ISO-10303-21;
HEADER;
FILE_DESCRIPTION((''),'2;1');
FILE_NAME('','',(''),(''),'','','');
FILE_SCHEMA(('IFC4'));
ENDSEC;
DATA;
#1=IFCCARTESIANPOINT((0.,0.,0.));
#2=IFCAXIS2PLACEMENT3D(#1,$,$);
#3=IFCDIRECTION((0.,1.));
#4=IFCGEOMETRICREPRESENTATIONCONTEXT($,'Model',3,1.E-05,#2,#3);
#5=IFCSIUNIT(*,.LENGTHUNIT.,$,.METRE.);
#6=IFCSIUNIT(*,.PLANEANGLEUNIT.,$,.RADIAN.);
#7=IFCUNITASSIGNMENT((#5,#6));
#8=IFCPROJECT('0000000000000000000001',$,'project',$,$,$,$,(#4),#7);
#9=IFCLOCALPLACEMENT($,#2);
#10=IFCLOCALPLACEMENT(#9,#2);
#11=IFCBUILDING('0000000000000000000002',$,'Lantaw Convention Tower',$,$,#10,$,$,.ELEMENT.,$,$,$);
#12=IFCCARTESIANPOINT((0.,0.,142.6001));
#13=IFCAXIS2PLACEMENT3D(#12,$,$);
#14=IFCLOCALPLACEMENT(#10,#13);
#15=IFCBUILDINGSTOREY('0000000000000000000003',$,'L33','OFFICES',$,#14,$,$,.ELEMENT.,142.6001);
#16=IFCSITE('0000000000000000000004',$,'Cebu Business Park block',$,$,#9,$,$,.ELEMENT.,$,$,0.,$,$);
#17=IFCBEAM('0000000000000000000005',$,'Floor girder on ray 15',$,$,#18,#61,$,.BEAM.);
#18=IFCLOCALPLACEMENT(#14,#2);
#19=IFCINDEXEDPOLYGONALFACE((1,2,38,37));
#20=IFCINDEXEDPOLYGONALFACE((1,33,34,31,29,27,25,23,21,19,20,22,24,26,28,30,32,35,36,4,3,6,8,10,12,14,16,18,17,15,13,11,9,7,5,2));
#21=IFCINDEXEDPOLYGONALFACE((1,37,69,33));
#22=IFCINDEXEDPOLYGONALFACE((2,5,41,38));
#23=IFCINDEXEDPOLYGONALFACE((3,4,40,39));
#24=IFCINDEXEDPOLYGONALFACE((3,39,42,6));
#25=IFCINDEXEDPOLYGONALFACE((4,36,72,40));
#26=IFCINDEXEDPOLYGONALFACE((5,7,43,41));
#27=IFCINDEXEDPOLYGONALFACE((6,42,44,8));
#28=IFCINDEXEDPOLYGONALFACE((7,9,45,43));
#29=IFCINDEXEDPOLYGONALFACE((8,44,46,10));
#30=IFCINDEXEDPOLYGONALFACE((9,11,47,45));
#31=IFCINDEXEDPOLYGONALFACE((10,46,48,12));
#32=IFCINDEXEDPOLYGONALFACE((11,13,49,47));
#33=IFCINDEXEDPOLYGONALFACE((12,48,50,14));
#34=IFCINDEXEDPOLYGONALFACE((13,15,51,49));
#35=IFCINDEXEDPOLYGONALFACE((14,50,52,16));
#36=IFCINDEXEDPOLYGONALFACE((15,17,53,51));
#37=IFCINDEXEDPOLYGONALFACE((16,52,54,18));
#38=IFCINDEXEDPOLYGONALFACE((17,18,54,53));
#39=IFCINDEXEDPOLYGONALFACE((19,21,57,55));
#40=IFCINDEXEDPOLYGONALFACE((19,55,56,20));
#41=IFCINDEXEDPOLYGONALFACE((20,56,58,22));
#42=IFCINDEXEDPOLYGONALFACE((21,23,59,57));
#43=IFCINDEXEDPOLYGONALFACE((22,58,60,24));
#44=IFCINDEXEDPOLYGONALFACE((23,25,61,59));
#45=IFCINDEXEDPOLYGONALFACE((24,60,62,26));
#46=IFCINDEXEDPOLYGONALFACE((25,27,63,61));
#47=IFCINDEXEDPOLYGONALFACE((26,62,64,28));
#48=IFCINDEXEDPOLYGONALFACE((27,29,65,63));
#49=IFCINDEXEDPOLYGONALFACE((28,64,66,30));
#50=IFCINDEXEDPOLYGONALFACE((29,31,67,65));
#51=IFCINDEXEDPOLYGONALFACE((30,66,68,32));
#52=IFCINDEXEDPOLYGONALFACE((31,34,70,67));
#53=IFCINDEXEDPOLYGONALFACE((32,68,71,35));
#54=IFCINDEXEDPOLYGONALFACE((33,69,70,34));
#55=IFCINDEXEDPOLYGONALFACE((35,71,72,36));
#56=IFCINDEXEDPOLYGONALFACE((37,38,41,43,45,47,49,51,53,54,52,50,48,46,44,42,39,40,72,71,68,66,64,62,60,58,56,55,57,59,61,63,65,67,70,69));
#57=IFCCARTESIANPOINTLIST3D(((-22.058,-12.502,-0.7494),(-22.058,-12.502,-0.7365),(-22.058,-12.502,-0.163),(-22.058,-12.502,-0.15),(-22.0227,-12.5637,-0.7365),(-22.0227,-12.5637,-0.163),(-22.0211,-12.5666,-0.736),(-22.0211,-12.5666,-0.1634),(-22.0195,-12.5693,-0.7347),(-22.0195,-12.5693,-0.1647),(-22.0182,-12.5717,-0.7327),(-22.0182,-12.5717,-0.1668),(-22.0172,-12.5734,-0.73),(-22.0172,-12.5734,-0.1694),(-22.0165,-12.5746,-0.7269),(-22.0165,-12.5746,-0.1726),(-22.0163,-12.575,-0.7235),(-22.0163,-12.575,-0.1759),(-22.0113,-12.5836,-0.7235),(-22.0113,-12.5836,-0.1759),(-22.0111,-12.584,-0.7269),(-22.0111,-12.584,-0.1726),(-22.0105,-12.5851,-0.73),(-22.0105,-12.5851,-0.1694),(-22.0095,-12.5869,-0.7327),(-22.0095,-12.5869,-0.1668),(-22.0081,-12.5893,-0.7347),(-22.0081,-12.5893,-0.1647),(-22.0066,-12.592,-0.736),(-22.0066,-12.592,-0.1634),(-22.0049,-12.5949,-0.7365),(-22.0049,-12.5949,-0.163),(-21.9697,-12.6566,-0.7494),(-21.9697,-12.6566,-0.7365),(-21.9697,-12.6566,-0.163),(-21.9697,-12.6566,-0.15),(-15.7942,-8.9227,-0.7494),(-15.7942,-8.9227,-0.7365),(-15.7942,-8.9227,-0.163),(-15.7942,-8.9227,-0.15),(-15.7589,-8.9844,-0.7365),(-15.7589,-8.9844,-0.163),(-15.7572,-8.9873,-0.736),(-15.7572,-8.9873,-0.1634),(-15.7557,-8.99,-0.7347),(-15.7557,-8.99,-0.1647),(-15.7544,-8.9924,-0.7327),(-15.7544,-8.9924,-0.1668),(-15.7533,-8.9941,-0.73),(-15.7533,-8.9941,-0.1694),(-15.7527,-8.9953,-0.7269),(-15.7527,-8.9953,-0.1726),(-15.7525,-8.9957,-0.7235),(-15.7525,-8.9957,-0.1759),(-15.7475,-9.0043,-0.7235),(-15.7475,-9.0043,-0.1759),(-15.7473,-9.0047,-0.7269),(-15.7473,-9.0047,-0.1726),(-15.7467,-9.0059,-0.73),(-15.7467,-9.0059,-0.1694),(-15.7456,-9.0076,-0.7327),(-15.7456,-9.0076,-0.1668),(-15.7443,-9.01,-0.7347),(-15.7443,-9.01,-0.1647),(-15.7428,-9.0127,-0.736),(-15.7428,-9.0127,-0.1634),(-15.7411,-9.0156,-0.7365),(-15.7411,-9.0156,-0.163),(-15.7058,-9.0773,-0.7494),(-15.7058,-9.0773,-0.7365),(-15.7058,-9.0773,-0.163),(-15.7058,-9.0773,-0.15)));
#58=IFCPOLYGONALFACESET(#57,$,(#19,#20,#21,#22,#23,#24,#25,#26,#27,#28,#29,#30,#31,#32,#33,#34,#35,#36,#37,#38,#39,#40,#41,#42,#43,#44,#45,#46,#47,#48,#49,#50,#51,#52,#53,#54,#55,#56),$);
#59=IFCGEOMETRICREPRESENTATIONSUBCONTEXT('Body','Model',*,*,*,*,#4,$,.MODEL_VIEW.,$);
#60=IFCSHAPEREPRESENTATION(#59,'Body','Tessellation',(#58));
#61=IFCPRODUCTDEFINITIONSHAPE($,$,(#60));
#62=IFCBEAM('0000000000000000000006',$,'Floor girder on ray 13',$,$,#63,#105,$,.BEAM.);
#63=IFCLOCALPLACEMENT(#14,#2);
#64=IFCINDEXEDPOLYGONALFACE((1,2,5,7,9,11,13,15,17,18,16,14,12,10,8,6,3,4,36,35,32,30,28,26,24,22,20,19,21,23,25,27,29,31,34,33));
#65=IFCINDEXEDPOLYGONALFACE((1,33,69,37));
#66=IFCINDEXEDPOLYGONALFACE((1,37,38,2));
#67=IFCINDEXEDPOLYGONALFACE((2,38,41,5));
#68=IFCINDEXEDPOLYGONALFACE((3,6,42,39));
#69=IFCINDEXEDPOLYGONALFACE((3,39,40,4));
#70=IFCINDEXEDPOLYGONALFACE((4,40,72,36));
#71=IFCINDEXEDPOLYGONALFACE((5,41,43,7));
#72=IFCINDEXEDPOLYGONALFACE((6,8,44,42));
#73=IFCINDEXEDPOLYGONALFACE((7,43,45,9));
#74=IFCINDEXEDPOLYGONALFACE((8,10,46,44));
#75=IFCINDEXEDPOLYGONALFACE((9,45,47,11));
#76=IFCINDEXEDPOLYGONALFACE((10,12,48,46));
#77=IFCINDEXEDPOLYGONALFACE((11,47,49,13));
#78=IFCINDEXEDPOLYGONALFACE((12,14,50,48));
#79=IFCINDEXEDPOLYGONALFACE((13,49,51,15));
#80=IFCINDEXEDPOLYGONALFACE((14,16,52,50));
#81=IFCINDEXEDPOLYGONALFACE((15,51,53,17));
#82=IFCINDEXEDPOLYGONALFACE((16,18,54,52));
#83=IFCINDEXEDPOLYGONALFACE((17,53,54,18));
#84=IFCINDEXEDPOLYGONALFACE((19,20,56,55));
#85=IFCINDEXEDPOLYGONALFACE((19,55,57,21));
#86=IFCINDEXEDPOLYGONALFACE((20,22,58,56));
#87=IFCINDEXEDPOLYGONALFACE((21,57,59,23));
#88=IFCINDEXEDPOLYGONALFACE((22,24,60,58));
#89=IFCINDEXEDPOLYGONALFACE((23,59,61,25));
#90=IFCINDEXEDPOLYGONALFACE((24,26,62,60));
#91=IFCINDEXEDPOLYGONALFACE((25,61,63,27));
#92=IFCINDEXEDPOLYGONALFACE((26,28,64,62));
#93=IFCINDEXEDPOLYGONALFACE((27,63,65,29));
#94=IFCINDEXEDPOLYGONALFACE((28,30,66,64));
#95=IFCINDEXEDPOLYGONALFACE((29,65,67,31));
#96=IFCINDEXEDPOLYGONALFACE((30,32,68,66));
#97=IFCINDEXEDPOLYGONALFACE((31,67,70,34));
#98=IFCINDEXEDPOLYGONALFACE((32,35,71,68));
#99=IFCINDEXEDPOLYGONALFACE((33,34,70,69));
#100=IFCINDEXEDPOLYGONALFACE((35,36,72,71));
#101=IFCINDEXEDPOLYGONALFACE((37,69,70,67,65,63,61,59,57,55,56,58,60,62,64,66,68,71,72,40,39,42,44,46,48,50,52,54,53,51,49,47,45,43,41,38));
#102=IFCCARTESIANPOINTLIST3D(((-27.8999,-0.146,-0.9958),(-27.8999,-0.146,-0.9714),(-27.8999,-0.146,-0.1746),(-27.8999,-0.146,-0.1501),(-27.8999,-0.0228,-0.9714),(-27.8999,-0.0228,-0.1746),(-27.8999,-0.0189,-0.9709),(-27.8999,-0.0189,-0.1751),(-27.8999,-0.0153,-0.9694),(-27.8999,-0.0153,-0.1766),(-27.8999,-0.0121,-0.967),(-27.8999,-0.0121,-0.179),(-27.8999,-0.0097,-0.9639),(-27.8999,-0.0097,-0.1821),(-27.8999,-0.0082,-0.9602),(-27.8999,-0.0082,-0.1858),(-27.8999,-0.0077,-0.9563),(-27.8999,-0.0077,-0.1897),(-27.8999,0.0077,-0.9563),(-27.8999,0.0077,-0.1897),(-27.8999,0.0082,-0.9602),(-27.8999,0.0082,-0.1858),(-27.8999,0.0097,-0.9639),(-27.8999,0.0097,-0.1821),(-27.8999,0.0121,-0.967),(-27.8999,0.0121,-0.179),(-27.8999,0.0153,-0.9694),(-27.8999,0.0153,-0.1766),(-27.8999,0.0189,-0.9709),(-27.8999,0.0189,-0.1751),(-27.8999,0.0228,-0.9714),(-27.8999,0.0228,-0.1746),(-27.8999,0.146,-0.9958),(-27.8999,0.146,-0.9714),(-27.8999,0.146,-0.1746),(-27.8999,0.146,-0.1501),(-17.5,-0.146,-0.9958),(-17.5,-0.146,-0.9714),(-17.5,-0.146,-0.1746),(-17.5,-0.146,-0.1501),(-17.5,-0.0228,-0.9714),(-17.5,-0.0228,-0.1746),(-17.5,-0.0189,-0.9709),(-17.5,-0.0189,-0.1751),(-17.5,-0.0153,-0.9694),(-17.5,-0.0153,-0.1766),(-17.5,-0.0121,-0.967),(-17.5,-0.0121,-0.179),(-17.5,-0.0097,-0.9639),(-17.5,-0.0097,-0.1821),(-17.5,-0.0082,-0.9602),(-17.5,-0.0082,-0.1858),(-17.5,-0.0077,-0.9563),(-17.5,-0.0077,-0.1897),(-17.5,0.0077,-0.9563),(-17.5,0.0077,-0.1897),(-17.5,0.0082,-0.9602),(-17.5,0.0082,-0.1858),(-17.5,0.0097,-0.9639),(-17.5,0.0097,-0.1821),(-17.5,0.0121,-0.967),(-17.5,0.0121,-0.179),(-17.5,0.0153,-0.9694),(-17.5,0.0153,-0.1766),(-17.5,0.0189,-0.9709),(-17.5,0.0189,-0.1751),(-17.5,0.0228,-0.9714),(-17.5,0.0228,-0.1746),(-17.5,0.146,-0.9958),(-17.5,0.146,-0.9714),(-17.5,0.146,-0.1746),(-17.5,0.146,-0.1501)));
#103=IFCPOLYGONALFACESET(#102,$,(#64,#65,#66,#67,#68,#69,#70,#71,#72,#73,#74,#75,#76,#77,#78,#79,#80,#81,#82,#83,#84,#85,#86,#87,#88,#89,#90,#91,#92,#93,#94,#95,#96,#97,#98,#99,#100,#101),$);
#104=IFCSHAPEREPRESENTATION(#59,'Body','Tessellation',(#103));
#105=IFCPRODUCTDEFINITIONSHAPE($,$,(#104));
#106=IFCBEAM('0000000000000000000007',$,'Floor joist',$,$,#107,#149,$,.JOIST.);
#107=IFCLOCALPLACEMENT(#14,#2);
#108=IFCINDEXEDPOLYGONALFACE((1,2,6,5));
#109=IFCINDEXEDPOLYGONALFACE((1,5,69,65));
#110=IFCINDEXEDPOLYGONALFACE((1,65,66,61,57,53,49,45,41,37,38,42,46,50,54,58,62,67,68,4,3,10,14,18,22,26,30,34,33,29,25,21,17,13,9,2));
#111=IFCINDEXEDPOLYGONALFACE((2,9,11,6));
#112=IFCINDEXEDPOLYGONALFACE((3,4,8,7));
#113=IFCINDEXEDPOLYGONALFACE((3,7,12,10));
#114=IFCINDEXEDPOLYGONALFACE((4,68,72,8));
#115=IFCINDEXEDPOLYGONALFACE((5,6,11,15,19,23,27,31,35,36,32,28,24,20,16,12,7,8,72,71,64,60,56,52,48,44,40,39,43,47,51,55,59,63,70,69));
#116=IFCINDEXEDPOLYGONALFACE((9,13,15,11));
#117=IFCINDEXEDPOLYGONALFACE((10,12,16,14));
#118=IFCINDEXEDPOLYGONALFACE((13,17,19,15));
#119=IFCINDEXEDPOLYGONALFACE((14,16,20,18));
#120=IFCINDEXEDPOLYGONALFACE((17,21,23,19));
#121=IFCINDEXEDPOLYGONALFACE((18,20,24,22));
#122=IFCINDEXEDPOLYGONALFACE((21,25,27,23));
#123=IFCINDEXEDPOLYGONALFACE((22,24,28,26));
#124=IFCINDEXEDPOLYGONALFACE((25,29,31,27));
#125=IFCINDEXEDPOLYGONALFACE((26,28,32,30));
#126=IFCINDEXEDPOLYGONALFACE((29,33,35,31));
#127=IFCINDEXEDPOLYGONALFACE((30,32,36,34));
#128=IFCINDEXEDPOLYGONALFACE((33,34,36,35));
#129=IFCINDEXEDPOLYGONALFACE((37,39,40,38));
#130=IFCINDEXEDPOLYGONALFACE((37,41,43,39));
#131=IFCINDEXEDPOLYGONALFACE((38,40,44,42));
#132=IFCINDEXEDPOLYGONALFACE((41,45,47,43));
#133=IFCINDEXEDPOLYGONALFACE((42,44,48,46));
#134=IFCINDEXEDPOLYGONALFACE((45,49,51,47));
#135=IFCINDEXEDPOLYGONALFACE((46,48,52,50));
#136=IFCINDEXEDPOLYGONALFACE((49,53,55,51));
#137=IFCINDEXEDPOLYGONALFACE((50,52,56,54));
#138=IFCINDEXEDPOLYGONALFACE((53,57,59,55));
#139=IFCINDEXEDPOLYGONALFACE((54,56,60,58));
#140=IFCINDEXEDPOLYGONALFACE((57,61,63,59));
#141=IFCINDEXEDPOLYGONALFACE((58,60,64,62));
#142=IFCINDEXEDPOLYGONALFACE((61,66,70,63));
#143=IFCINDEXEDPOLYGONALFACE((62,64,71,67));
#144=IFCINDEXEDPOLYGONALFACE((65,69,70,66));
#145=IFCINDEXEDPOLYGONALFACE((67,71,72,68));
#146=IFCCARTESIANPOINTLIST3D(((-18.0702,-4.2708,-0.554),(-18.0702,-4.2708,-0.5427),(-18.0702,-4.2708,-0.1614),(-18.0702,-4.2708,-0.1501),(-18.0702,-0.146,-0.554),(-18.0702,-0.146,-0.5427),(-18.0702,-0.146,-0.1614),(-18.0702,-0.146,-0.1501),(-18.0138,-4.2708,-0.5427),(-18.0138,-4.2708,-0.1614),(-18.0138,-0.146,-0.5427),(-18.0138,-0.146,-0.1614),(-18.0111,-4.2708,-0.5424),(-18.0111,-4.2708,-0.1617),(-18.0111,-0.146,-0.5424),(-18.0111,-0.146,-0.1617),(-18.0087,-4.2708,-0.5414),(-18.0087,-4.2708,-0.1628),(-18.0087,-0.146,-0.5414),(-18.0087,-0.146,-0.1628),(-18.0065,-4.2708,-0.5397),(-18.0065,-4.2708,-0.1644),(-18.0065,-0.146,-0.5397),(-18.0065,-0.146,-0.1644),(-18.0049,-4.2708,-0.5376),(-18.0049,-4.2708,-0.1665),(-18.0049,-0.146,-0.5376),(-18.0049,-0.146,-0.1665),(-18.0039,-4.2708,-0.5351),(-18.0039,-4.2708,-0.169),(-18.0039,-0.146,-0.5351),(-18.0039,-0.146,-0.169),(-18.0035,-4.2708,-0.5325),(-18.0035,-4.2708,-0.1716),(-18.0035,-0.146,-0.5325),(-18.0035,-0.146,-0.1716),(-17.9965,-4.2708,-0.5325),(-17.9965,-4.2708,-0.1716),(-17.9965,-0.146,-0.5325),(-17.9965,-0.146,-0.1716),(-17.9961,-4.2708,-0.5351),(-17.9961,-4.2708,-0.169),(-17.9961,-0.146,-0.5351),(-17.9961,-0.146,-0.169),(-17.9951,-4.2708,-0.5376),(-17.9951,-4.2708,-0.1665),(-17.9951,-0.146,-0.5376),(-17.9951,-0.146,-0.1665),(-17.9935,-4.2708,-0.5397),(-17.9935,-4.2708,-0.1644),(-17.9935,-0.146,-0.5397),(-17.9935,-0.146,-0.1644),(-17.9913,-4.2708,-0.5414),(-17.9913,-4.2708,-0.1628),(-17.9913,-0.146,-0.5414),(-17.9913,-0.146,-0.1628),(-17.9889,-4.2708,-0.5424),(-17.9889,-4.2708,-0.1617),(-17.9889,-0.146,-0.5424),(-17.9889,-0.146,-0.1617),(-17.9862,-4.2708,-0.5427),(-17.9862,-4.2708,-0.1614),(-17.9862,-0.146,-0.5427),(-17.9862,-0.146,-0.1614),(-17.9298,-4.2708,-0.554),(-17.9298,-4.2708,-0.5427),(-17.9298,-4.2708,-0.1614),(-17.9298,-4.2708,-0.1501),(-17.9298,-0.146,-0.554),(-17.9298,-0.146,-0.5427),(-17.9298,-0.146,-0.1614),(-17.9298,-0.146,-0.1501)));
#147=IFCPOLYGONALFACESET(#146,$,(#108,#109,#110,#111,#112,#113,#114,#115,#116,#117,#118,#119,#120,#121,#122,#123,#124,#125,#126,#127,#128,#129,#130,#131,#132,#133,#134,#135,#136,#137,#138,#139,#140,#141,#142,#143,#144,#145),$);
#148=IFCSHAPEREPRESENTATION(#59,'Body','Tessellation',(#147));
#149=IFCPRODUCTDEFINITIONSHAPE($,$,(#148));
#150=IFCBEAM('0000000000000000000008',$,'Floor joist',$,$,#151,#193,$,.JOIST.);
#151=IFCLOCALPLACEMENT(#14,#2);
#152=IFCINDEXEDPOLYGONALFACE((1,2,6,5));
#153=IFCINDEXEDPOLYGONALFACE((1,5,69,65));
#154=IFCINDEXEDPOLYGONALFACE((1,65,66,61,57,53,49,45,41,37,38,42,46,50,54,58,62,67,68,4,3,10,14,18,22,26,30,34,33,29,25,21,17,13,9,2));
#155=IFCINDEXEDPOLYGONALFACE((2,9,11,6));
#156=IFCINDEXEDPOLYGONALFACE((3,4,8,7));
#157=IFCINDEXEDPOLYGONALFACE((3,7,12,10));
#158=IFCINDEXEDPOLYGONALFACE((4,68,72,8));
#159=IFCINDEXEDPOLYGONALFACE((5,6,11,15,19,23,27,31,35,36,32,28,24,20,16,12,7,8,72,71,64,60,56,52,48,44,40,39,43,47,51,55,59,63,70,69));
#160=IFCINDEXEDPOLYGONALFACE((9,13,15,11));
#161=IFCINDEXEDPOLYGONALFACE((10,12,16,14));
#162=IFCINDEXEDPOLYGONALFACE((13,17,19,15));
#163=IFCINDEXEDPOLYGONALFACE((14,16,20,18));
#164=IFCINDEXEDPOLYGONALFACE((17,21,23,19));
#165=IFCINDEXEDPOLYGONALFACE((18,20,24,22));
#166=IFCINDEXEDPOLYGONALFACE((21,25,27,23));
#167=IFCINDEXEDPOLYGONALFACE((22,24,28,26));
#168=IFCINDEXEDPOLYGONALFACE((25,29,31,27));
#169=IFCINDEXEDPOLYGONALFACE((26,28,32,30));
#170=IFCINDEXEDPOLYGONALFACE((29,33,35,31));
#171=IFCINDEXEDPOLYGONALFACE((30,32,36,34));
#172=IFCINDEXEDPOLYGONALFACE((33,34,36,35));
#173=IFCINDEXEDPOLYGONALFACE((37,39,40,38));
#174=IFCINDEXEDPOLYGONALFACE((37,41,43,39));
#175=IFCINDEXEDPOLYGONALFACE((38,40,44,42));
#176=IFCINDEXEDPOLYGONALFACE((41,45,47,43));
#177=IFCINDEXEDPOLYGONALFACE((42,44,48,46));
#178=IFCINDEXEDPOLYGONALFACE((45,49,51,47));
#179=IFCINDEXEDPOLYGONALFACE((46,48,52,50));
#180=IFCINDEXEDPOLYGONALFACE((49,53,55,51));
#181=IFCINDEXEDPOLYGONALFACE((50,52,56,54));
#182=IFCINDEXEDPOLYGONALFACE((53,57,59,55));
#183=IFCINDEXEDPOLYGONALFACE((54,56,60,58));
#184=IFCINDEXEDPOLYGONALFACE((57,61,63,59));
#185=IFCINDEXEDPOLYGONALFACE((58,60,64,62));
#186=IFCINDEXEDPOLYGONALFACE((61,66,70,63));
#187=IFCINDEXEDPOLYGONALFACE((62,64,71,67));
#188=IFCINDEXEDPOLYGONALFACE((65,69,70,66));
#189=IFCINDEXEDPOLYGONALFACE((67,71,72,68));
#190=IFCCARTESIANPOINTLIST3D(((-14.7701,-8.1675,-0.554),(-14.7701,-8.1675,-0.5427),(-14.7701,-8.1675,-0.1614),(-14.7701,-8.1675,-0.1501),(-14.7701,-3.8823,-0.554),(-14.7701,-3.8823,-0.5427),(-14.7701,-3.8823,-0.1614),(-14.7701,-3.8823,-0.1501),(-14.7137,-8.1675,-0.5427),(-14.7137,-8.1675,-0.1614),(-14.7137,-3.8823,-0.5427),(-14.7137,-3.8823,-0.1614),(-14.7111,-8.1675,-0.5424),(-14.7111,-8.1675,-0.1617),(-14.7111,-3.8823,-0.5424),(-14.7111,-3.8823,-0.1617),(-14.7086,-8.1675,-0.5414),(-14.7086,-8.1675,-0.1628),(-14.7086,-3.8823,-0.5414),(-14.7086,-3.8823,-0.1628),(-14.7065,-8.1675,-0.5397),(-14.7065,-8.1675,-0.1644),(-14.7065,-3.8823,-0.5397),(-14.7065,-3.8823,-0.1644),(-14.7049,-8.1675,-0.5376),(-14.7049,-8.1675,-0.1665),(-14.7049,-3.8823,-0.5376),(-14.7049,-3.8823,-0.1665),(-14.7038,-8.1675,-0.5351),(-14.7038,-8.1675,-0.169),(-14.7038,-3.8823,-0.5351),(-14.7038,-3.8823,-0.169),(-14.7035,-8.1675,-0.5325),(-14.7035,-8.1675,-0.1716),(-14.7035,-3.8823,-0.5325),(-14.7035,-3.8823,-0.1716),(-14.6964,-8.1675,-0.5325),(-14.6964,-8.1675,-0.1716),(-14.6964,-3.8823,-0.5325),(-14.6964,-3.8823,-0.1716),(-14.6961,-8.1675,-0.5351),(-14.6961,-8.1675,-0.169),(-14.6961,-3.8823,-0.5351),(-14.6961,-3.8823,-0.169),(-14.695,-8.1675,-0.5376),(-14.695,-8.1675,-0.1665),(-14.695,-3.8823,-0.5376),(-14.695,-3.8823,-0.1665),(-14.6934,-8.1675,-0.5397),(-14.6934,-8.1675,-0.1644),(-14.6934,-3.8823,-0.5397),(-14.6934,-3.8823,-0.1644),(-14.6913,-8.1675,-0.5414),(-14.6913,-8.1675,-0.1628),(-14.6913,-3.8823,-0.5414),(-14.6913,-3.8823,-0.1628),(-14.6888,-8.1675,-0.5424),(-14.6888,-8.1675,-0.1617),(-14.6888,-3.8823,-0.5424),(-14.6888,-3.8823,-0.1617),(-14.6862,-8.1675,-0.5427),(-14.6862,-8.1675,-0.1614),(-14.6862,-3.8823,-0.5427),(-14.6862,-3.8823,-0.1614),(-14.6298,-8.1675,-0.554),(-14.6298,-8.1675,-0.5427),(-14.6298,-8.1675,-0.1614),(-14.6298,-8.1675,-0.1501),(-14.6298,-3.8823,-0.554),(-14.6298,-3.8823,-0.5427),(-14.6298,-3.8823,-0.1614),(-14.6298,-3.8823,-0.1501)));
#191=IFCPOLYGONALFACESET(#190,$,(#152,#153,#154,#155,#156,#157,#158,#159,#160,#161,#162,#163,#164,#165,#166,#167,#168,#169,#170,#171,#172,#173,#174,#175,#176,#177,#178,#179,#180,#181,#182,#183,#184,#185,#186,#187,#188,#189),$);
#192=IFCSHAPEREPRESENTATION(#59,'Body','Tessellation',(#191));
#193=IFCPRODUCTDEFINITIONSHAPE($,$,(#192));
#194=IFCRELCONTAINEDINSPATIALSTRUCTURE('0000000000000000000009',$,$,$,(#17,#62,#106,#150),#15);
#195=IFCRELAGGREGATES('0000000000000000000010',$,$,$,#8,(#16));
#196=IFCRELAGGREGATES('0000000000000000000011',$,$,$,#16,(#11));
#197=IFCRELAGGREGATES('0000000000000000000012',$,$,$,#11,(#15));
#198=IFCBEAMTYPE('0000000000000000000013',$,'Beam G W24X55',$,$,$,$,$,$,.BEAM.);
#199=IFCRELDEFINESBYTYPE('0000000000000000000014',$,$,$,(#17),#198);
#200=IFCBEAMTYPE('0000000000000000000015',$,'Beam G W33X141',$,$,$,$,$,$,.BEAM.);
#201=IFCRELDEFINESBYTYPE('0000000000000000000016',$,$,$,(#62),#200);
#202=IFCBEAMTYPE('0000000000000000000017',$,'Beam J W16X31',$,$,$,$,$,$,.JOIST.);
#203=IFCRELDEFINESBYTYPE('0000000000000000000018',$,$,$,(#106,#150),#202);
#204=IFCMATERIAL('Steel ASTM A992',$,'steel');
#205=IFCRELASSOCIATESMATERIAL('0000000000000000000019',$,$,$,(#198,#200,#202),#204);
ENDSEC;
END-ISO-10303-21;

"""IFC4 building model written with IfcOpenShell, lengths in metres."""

from ifc_helpers import new_model, si_unit, direction, frame, origin, origin_2d, place, context, subcontext, project, spatial, i_section, extrude, material, material_profile, profile_set, type_object, element, save


model = new_model("IFC4")

# Units and contexts
model_context = context("Model", 3, precision=1e-05, world=origin(), true_north=direction((0.0, 1.0)))
body_context = subcontext(model_context, "Body", "Model", "MODEL_VIEW")
ifc_project = project(units=[si_unit("LENGTHUNIT", "METRE"), si_unit("PLANEANGLEUNIT", "RADIAN")], contexts=[model_context])

# Site, building, storey
site_placement = place(None, origin())
site = spatial("IfcSite", under=ifc_project, at=site_placement, Name="Cebu Business Park block", CompositionType="ELEMENT", RefElevation=0.0)
building_placement = place(site_placement, origin())
building = spatial("IfcBuilding", under=site, at=building_placement, Name="Lantaw Convention Tower", CompositionType="ELEMENT")
storey_placement = place(building_placement, frame((0.0, 0.0, 142.6001)))
storey = spatial("IfcBuildingStorey", under=building, at=storey_placement, Name="L33", Description="OFFICES", CompositionType="ELEMENT", Elevation=142.6001)

# Beams
ifc_material_1 = material(Name="Steel ASTM A992", Category="steel")
ifc_material_profile_1 = material_profile(ifc_material_1, i_section(OverallWidth=0.178, OverallDepth=0.5994, WebThickness=0.01, FlangeThickness=0.0129, FilletRadius=0.0129, at=origin_2d()), Name="W24X55")
ifc_profile_set_1 = profile_set([ifc_material_profile_1], Name="Steel ASTM A992")
beam_type_1 = type_object("IfcBeamType", Name="Beam G W24X55", PredefinedType="BEAM", material=ifc_profile_set_1)
beam_1_placement = place(storey_placement, frame((-15.75, -9.0, -0.4497), z_axis=(-0.868245, -0.496135, 0.0), x_axis=(0.496135, -0.868245, 0.0)))
element("IfcBeam", 1, at=beam_1_placement, inside=storey, type_object=beam_type_1, Name="Floor girder on ray 15", PredefinedType="BEAM", context=body_context, shape_type="SweptSolid", body=[
    extrude(i_section(OverallWidth=0.178, OverallDepth=0.5994, WebThickness=0.01, FlangeThickness=0.0129, FilletRadius=0.0129, at=origin_2d()), origin(), (0.0, 0.0, 1.0), 7.2144),
])
ifc_material_profile_2 = material_profile(ifc_material_1, i_section(OverallWidth=0.292, OverallDepth=0.8457, WebThickness=0.0154, FlangeThickness=0.0244, FilletRadius=0.0151, at=origin_2d()), Name="W33X141")
ifc_profile_set_2 = profile_set([ifc_material_profile_2], Name="Steel ASTM A992")
beam_type_2 = type_object("IfcBeamType", Name="Beam G W33X141", PredefinedType="BEAM", material=ifc_profile_set_2)
beam_2_placement = place(storey_placement, frame((-17.5, 0.0, -0.573), z_axis=(-1.0, 0.0, 0.0), x_axis=(0.0, -1.0, 0.0)))
element("IfcBeam", 2, at=beam_2_placement, inside=storey, type_object=beam_type_2, Name="Floor girder on ray 13", PredefinedType="BEAM", context=body_context, shape_type="SweptSolid", body=[
    extrude(i_section(OverallWidth=0.292, OverallDepth=0.8457, WebThickness=0.0154, FlangeThickness=0.0244, FilletRadius=0.0151, at=origin_2d()), origin(), (0.0, 0.0, 1.0), 10.3999),
])
ifc_material_profile_3 = material_profile(ifc_material_1, i_section(OverallWidth=0.1404, OverallDepth=0.4038, WebThickness=0.0071, FlangeThickness=0.0112, FilletRadius=0.0103, at=origin_2d()), Name="W16X31")
ifc_profile_set_3 = profile_set([ifc_material_profile_3], Name="Steel ASTM A992")
beam_type_3 = type_object("IfcBeamType", Name="Beam J W16X31", PredefinedType="JOIST", material=ifc_profile_set_3)
beam_3_placement = place(storey_placement, frame((-18.0, -4.2708, -0.3521), z_axis=(0.0, 1.0, 0.0), x_axis=(-1.0, 0.0, 0.0)))
element("IfcBeam", 3, at=beam_3_placement, inside=storey, type_object=beam_type_3, Name="Floor joist", PredefinedType="JOIST", context=body_context, shape_type="SweptSolid", body=[
    extrude(i_section(OverallWidth=0.1404, OverallDepth=0.4038, WebThickness=0.0071, FlangeThickness=0.0112, FilletRadius=0.0103, at=origin_2d()), origin(), (0.0, 0.0, 1.0), 4.1248),
])
beam_4_placement = place(storey_placement, frame((-14.7, -8.1675, -0.3521), z_axis=(0.0, 1.0, 0.0), x_axis=(-1.0, 0.0, 0.0)))
element("IfcBeam", 4, at=beam_4_placement, inside=storey, type_object=beam_type_3, Name="Floor joist", PredefinedType="JOIST", context=body_context, shape_type="SweptSolid", body=[
    extrude(i_section(OverallWidth=0.1404, OverallDepth=0.4038, WebThickness=0.0071, FlangeThickness=0.0112, FilletRadius=0.0103, at=origin_2d()), origin(), (0.0, 0.0, 1.0), 4.2852),
])

save(model, "model.ifc")
